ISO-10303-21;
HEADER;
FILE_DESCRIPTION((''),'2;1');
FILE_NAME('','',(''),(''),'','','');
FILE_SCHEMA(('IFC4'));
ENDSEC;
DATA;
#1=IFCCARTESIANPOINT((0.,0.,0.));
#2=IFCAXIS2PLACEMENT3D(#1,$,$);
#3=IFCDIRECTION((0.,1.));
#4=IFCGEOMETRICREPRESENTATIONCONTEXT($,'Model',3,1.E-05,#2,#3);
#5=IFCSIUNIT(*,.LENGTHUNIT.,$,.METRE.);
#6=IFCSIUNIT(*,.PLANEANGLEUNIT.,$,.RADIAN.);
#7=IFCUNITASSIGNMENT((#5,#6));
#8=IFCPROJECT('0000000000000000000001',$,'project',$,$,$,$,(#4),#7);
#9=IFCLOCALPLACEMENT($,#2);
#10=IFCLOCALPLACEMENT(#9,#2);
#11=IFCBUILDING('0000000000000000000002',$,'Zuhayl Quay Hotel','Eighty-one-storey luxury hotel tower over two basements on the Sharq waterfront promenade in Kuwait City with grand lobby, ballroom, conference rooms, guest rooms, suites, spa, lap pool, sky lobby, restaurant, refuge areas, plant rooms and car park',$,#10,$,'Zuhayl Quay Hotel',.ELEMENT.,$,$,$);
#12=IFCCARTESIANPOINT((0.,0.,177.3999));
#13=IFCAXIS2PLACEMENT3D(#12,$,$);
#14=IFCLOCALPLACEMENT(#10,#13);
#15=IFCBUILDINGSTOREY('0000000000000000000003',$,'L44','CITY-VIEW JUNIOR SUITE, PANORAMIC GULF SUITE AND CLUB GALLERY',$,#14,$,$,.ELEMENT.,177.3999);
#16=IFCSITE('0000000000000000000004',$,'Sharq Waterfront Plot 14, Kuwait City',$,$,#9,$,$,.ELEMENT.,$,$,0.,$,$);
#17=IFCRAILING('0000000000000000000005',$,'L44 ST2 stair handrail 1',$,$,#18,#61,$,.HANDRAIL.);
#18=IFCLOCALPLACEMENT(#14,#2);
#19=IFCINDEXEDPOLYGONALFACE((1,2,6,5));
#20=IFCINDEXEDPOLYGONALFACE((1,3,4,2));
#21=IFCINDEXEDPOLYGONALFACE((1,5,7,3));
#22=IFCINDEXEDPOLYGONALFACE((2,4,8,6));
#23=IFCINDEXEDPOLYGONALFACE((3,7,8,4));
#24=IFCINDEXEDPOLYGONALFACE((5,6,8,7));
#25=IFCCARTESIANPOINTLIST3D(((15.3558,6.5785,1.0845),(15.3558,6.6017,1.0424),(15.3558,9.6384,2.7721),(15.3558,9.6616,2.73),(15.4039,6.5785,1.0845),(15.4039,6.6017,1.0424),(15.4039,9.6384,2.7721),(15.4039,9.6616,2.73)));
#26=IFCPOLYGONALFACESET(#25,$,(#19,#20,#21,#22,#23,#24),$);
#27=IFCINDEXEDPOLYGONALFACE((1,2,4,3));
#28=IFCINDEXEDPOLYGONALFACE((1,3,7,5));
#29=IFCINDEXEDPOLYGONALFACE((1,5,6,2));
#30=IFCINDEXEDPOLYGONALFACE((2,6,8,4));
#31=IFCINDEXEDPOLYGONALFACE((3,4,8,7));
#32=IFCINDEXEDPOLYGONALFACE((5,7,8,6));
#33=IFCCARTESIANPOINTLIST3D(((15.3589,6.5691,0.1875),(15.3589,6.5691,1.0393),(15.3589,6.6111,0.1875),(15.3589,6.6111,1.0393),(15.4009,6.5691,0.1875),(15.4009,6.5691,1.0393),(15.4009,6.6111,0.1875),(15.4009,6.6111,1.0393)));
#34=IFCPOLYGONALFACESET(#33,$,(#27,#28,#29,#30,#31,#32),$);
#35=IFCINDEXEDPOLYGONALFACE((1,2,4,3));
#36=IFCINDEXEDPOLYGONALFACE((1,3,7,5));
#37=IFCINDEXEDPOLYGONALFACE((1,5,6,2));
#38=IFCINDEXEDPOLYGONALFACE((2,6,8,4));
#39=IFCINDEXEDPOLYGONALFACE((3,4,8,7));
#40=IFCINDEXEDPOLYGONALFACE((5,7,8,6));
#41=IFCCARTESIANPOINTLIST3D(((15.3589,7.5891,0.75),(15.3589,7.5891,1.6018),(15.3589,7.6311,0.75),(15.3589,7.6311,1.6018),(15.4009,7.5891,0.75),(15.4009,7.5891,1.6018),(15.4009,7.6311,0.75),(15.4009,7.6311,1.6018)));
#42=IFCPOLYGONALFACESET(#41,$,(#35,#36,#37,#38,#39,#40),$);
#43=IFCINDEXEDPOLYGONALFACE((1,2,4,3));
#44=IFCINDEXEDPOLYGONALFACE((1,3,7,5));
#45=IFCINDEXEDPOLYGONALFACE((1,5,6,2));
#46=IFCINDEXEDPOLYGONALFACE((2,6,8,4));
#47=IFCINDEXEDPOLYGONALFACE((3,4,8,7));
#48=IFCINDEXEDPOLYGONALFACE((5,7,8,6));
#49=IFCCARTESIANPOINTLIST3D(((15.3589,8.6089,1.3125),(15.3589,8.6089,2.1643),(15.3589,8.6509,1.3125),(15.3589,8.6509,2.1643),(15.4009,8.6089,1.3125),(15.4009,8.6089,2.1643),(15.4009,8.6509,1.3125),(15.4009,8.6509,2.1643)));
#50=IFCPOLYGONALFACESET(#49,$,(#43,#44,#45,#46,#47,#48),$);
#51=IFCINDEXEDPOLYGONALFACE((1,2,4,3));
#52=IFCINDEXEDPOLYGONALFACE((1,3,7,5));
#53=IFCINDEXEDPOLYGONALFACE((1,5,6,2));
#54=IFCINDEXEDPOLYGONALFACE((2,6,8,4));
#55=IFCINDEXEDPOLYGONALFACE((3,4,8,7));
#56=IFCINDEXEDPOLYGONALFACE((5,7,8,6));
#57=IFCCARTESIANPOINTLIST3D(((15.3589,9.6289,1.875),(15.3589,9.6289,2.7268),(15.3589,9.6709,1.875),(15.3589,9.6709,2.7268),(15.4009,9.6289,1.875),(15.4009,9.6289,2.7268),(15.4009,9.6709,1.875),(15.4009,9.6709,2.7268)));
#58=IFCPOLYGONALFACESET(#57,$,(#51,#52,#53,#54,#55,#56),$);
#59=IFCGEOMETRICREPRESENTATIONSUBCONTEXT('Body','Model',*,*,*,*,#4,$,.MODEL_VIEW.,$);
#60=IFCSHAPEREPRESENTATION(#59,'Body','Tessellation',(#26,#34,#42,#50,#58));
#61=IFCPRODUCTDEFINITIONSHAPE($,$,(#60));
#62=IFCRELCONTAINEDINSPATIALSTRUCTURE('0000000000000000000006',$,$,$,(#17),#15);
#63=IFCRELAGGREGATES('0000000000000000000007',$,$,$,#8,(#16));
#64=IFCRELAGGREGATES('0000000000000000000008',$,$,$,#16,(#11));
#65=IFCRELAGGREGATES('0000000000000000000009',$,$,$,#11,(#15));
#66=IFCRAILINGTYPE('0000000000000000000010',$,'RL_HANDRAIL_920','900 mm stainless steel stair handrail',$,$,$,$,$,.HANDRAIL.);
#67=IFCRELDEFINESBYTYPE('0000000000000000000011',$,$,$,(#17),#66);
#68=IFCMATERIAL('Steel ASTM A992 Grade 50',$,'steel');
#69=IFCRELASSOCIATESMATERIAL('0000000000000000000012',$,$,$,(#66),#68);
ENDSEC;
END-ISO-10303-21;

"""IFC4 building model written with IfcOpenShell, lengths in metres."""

from ifc_helpers import new_model, si_unit, direction, frame, origin, origin_2d, place, context, subcontext, project, spatial, rectangle, extrude, material, type_object, element, save


model = new_model("IFC4")

# Units and contexts
model_context = context("Model", 3, precision=1e-05, world=origin(), true_north=direction((0.0, 1.0)))
body_context = subcontext(model_context, "Body", "Model", "MODEL_VIEW")
ifc_project = project(units=[si_unit("LENGTHUNIT", "METRE"), si_unit("PLANEANGLEUNIT", "RADIAN")], contexts=[model_context])

# Site, building, storey
site_placement = place(None, origin())
site = spatial("IfcSite", under=ifc_project, at=site_placement, Name="Sharq Waterfront Plot 14, Kuwait City", CompositionType="ELEMENT", RefElevation=0.0)
building_placement = place(site_placement, origin())
building = spatial("IfcBuilding", under=site, at=building_placement, Name="Zuhayl Quay Hotel", Description="Eighty-one-storey luxury hotel tower over two basements on the Sharq waterfront promenade in Kuwait City with grand lobby, ballroom, conference rooms, guest rooms, suites, spa, lap pool, sky lobby, restaurant, refuge areas, plant rooms and car park", LongName="Zuhayl Quay Hotel", CompositionType="ELEMENT")
storey_placement = place(building_placement, frame((0.0, 0.0, 177.3999)))
storey = spatial("IfcBuildingStorey", under=building, at=storey_placement, Name="L44", Description="CITY-VIEW JUNIOR SUITE, PANORAMIC GULF SUITE AND CLUB GALLERY", CompositionType="ELEMENT", Elevation=177.3999)

# Railing
ifc_material_1 = material(Name="Steel ASTM A992 Grade 50", Category="steel")
railing_type_1 = type_object("IfcRailingType", Name="RL_HANDRAIL_920", Description="900 mm stainless steel stair handrail", PredefinedType="HANDRAIL", material=ifc_material_1)
railing_1_placement = place(storey_placement, frame((15.3799, 6.5901, 0.1875)))
element("IfcRailing", 1, at=railing_1_placement, inside=storey, type_object=railing_type_1, Name="L44 ST2 stair handrail 1", PredefinedType="HANDRAIL", context=body_context, shape_type="SweptSolid", body=[
    extrude(rectangle(XDim=0.0481, YDim=0.0481, at=origin_2d()), frame((0.0, 0.0, 0.876), z_axis=(0.0, 0.875659, 0.48293), x_axis=(-1.0, 0.0, 0.0)), (0.0, 0.0, 1.0), 3.4944),
    extrude(rectangle(XDim=0.042, YDim=0.042, at=origin_2d()), origin(), (0.0, 0.0, 1.0), 0.8518),
    extrude(rectangle(XDim=0.042, YDim=0.042, at=origin_2d()), frame((0.0, 1.02, 0.5625)), (0.0, 0.0, 1.0), 0.8518),
    extrude(rectangle(XDim=0.042, YDim=0.042, at=origin_2d()), frame((0.0, 2.0398, 1.125)), (0.0, 0.0, 1.0), 0.8518),
    extrude(rectangle(XDim=0.042, YDim=0.042, at=origin_2d()), frame((0.0, 3.0598, 1.6875)), (0.0, 0.0, 1.0), 0.8518),
])

save(model, "model.ifc")
